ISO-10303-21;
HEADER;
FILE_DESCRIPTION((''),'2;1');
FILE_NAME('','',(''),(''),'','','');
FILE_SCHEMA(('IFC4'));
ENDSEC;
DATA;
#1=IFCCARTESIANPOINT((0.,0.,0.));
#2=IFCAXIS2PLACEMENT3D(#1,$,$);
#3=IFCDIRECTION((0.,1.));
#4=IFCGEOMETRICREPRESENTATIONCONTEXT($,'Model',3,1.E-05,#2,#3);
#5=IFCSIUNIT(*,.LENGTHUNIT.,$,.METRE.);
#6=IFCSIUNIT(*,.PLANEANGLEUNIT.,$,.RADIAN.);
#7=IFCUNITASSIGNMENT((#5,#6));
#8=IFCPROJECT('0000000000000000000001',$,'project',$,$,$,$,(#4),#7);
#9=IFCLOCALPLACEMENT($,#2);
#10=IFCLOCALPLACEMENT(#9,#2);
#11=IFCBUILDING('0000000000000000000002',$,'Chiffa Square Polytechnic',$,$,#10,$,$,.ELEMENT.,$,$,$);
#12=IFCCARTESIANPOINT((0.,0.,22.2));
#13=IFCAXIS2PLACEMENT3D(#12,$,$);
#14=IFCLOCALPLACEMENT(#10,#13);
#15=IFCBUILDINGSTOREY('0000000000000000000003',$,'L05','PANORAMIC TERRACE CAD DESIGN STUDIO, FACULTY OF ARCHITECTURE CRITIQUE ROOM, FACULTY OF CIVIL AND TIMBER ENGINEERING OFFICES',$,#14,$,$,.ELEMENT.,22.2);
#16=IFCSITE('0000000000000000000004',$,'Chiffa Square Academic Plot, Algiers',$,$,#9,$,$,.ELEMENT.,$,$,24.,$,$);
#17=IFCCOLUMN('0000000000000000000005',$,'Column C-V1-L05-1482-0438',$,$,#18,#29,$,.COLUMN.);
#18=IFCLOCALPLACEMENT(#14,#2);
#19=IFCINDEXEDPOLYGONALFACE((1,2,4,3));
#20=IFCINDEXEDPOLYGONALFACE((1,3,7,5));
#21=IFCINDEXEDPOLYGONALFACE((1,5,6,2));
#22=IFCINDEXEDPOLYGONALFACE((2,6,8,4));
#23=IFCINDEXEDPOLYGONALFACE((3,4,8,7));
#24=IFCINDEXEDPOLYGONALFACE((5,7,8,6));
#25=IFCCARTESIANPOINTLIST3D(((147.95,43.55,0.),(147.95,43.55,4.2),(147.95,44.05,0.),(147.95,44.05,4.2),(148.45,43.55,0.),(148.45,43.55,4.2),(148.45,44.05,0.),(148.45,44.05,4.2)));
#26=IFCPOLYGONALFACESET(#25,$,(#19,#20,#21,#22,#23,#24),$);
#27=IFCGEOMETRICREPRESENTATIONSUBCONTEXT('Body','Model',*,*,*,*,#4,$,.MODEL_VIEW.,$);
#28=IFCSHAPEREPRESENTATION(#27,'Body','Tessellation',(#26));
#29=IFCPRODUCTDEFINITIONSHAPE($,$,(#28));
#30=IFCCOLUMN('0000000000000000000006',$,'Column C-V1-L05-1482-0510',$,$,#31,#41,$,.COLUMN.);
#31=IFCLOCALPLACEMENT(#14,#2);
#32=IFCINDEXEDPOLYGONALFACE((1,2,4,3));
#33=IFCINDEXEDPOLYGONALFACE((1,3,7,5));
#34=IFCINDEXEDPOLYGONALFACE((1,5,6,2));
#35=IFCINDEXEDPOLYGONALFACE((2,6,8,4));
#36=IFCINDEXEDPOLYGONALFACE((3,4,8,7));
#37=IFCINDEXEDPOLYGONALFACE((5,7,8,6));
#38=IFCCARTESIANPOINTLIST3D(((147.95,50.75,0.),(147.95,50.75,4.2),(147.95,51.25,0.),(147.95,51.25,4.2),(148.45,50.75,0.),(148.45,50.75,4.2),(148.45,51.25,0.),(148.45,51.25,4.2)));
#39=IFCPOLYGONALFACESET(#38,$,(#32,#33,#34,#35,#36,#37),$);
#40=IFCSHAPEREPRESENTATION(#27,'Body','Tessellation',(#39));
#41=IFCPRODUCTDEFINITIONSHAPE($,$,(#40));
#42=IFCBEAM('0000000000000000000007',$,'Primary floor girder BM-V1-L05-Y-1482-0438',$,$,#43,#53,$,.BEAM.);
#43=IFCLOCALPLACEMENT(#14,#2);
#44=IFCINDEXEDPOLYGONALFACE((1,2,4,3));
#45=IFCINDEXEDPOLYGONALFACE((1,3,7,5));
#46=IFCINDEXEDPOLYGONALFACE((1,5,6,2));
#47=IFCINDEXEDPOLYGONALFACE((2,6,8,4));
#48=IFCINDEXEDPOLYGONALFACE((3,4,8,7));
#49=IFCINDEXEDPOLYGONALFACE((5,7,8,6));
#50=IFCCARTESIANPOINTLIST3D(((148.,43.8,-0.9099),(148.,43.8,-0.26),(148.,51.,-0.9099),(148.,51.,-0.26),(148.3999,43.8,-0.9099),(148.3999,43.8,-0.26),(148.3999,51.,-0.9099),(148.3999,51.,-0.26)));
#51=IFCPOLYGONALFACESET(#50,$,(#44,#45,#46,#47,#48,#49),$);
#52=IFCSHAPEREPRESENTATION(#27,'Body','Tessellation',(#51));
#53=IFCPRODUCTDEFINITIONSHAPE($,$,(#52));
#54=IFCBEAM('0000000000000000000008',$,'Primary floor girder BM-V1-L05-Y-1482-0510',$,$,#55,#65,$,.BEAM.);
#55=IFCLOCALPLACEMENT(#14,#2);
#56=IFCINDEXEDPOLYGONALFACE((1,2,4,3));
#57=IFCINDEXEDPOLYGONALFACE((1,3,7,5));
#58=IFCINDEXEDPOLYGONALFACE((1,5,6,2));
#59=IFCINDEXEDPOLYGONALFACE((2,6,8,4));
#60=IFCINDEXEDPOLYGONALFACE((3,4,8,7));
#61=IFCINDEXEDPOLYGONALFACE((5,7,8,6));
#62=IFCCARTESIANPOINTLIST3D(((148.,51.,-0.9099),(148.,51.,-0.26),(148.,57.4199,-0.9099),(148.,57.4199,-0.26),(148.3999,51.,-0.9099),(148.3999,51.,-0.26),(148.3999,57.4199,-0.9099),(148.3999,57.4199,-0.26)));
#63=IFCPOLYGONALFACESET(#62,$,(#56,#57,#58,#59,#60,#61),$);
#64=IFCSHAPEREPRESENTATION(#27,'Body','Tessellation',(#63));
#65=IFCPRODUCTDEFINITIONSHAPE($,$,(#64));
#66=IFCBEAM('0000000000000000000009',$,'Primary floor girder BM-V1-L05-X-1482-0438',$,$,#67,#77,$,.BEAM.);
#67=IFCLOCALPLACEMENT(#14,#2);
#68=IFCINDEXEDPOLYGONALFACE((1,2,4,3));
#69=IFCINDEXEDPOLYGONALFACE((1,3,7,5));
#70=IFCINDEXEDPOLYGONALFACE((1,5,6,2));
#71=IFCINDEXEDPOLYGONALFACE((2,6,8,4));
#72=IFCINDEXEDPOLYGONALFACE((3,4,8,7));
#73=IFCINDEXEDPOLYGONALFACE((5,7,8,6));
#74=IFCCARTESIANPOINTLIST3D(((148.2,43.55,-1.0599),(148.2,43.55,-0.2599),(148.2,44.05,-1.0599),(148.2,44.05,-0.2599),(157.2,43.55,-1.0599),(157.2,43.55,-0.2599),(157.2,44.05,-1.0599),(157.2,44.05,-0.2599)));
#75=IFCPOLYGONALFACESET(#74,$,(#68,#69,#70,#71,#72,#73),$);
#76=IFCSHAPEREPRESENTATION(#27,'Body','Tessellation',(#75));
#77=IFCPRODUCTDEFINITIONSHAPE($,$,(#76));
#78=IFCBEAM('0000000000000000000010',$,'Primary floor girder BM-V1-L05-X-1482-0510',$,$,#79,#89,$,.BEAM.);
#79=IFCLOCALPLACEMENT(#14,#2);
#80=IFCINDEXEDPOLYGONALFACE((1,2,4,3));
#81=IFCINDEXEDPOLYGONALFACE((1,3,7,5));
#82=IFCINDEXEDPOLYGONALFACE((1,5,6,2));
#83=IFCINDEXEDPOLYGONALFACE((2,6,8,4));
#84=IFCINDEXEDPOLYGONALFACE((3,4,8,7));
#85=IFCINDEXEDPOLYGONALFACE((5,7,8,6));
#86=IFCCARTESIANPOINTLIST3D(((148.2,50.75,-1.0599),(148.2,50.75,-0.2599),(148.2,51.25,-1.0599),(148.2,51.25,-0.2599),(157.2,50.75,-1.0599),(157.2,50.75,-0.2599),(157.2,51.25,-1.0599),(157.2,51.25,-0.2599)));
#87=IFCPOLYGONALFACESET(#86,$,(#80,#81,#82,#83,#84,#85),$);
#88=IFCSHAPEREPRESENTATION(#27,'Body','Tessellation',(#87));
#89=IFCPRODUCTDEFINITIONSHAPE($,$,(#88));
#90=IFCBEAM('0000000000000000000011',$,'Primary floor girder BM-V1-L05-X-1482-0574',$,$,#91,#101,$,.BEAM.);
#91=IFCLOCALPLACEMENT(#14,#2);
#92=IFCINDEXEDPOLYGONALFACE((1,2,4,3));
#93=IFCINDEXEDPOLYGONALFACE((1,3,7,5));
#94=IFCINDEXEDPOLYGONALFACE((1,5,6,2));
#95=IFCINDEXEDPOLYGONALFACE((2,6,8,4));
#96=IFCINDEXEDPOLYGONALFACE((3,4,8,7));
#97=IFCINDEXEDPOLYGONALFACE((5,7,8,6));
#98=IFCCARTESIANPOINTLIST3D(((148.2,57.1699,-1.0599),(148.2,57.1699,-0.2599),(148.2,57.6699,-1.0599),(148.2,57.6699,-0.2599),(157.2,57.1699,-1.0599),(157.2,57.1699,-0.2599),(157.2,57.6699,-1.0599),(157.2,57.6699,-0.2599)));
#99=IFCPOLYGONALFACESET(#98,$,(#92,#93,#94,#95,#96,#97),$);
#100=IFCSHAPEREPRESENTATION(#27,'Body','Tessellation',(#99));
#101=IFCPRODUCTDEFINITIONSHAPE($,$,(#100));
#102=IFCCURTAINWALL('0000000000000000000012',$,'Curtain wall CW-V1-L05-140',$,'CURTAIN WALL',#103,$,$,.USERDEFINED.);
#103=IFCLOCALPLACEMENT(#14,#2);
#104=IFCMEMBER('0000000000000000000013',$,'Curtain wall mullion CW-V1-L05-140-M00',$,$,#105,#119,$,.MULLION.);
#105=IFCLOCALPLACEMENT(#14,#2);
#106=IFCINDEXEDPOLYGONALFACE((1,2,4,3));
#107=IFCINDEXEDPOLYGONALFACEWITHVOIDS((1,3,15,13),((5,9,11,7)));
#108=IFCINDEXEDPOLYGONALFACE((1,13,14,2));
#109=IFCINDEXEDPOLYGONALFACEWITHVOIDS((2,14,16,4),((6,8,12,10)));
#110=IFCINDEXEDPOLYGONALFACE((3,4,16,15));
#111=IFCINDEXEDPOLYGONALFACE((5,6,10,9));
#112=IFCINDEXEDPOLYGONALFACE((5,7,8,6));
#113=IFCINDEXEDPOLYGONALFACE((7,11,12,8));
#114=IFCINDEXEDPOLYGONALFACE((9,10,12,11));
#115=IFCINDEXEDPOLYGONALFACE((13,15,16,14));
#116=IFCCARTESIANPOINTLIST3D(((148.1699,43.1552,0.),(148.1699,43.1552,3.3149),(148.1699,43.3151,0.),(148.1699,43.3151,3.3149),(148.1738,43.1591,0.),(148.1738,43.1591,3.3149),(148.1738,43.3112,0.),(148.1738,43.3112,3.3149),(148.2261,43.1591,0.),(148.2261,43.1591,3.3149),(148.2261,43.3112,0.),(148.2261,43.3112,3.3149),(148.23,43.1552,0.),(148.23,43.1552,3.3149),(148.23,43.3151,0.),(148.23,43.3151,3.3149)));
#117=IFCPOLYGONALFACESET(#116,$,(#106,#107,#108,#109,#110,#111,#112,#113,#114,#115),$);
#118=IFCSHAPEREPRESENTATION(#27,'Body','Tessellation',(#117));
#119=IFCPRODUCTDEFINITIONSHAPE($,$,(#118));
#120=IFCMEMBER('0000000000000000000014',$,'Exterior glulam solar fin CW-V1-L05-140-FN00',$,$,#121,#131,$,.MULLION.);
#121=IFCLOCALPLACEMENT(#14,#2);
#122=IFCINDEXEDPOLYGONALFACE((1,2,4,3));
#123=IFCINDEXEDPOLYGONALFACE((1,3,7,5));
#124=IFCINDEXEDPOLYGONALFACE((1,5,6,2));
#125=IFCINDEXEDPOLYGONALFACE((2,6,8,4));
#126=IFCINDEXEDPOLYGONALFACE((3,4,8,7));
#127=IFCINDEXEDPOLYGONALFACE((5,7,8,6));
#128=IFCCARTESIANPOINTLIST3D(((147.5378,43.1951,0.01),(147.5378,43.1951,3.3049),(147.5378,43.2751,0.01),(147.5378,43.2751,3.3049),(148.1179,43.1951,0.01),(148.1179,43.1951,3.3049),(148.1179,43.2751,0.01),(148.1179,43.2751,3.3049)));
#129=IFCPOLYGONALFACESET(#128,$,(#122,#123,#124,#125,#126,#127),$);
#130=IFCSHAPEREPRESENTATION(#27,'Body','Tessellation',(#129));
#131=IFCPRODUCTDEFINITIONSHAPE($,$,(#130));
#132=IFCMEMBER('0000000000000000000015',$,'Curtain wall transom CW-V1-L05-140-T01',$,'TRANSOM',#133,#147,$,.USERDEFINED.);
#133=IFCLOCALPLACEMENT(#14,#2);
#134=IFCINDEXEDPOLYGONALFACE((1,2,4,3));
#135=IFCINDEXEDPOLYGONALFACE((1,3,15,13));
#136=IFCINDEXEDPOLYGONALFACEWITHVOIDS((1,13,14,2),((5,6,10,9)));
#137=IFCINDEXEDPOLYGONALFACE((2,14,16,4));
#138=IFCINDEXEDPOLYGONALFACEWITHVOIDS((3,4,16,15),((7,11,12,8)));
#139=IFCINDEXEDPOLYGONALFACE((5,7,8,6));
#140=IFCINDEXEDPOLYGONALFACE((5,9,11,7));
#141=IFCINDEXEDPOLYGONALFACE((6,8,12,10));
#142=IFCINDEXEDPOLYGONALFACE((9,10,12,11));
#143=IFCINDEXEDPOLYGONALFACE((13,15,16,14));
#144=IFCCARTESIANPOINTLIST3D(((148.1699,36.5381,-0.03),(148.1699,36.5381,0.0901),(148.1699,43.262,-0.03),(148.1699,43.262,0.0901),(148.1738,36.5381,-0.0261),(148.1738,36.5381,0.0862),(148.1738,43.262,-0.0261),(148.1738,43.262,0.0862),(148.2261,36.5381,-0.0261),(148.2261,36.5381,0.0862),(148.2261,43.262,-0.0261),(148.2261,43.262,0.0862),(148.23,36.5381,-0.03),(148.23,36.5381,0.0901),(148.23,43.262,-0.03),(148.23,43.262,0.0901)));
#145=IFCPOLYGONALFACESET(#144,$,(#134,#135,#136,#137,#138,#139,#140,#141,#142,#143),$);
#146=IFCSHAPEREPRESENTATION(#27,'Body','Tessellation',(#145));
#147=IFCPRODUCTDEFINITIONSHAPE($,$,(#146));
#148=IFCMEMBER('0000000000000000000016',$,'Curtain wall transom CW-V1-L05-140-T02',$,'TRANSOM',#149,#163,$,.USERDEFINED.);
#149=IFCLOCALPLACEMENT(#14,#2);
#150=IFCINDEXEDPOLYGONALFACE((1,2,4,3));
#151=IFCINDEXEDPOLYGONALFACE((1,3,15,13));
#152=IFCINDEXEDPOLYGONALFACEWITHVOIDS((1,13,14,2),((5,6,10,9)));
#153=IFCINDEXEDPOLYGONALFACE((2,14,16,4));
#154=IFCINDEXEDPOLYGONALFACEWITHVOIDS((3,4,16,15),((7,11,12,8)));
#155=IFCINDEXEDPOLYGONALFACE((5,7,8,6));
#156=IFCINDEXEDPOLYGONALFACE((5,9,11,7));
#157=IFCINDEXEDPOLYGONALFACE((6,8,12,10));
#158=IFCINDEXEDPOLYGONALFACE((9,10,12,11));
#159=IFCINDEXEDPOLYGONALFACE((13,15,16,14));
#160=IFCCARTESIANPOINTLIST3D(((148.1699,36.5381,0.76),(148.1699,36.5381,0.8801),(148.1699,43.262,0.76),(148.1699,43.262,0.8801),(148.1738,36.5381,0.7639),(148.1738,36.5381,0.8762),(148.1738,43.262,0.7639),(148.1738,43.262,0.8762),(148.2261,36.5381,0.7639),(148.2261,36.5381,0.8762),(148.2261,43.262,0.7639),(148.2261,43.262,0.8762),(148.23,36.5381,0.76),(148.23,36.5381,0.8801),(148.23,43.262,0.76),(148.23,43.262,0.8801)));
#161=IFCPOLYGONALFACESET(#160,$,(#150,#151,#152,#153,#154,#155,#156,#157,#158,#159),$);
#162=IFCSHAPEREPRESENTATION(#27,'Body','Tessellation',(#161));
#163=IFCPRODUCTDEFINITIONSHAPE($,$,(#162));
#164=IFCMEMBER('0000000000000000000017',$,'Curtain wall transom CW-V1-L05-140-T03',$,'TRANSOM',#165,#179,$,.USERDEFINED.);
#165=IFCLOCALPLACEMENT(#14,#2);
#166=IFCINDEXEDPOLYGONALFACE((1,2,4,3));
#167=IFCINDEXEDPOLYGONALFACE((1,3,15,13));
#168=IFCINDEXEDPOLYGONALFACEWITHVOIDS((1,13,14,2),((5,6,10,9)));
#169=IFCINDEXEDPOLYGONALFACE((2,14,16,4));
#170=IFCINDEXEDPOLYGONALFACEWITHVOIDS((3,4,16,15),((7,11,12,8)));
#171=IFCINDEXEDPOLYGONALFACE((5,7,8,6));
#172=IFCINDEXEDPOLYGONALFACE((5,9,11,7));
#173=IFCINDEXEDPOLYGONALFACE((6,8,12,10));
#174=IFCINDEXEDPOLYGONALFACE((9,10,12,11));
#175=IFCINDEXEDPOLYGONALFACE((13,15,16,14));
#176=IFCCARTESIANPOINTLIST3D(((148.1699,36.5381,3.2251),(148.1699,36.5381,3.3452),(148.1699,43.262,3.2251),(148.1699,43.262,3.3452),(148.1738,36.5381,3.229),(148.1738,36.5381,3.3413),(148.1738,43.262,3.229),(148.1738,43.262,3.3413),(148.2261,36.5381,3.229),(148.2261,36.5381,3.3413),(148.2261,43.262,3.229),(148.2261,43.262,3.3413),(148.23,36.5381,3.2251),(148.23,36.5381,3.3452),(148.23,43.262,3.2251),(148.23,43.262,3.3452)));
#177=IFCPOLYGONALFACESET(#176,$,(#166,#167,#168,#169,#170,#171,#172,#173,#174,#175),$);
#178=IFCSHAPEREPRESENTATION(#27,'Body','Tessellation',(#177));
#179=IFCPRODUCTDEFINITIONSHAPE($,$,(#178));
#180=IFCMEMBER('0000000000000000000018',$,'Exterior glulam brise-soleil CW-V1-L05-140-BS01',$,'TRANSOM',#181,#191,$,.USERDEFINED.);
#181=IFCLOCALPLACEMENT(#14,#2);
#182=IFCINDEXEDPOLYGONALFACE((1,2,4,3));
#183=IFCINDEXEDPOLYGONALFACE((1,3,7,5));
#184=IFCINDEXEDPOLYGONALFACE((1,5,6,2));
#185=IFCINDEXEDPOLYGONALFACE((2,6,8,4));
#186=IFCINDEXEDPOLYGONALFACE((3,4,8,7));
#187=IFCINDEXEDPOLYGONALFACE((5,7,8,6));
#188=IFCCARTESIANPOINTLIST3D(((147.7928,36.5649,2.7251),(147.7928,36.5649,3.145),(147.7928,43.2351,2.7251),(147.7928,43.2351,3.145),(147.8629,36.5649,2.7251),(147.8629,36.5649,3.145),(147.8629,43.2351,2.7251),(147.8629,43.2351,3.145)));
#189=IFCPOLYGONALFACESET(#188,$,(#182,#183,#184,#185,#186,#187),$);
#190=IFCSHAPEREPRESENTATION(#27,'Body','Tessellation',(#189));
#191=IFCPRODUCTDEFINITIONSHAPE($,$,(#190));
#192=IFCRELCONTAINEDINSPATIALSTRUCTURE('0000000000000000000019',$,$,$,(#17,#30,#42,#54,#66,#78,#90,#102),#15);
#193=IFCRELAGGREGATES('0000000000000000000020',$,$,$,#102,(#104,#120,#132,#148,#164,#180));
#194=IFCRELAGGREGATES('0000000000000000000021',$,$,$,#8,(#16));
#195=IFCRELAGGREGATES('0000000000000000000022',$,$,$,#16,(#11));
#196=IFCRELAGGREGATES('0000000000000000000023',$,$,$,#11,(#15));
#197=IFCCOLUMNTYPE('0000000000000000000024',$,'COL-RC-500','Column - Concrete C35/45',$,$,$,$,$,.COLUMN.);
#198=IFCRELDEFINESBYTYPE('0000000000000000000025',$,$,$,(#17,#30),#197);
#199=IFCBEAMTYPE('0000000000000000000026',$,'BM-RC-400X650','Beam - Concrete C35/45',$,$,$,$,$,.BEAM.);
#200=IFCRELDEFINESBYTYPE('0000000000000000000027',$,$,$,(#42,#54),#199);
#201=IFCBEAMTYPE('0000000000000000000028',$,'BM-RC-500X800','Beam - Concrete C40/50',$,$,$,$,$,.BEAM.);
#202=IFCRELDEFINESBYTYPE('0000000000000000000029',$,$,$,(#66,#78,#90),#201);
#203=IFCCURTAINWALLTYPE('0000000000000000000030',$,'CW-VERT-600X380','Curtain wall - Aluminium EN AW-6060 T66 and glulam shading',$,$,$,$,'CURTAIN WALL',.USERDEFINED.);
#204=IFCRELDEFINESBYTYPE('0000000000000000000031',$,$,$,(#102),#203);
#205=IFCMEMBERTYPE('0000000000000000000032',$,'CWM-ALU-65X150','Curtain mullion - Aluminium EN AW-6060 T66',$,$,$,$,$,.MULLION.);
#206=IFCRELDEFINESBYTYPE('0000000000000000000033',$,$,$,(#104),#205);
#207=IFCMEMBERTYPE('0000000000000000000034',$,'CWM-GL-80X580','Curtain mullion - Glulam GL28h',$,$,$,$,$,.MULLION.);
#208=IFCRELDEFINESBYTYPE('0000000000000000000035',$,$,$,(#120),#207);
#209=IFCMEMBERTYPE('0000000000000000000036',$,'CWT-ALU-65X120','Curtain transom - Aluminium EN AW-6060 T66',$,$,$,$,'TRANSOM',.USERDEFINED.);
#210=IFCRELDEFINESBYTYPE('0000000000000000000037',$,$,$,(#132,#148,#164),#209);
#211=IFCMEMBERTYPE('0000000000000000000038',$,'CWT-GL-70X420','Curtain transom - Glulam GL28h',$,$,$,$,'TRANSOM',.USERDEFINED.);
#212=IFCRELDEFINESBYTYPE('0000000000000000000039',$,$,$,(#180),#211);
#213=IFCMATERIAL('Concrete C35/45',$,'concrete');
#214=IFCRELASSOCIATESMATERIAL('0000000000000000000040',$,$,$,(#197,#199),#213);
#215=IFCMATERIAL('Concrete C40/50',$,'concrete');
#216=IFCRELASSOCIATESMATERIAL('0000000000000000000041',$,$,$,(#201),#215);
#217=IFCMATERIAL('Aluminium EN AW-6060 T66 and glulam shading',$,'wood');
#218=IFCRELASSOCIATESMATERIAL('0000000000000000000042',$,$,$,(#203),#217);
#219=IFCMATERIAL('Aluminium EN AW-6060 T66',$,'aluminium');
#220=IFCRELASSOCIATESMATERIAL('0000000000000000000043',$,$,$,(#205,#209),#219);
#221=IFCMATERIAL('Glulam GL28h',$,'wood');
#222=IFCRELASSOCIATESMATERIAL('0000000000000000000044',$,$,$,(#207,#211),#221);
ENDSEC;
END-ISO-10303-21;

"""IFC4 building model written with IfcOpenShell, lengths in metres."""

from ifc_helpers import new_model, si_unit, direction, frame, origin, origin_2d, place, context, subcontext, project, spatial, rectangle, hollow_rectangle, extrude, material, material_profile, profile_set, type_object, element, aggregate, save


model = new_model("IFC4")

# Units and contexts
model_context = context("Model", 3, precision=1e-05, world=origin(), true_north=direction((0.0, 1.0)))
body_context = subcontext(model_context, "Body", "Model", "MODEL_VIEW")
ifc_project = project(units=[si_unit("LENGTHUNIT", "METRE"), si_unit("PLANEANGLEUNIT", "RADIAN")], contexts=[model_context])

# Site, building, storey
site_placement = place(None, origin())
site = spatial("IfcSite", under=ifc_project, at=site_placement, Name="Chiffa Square Academic Plot, Algiers", CompositionType="ELEMENT", RefElevation=24.0)
building_placement = place(site_placement, origin())
building = spatial("IfcBuilding", under=site, at=building_placement, Name="Chiffa Square Polytechnic", CompositionType="ELEMENT")
storey_placement = place(building_placement, frame((0.0, 0.0, 22.2)))
storey = spatial("IfcBuildingStorey", under=building, at=storey_placement, Name="L05", Description="PANORAMIC TERRACE CAD DESIGN STUDIO, FACULTY OF ARCHITECTURE CRITIQUE ROOM, FACULTY OF CIVIL AND TIMBER ENGINEERING OFFICES", CompositionType="ELEMENT", Elevation=22.2)

# Columns
ifc_material_1 = material(Name="Concrete C35/45", Category="concrete")
ifc_material_profile_1 = material_profile(ifc_material_1, rectangle(XDim=0.5, YDim=0.5, at=origin_2d()), Name="RC 500x500")
ifc_profile_set_1 = profile_set([ifc_material_profile_1], Name="Concrete C35/45")
column_type = type_object("IfcColumnType", Name="COL-RC-500", Description="Column - Concrete C35/45", PredefinedType="COLUMN", material=ifc_profile_set_1)
for number, where, z_axis, x_axis, name in (
    (1, (148.2, 43.8, 0.0), (0.0, 0.0, 1.0), (1.0, 0.0, 0.0), "Column C-V1-L05-1482-0438"),
    (2, (148.2, 51.0, 0.0), (0.0, 0.0, 1.0), (1.0, 0.0, 0.0), "Column C-V1-L05-1482-0510"),
):
    element("IfcColumn", number, at=place(storey_placement, frame(where, z_axis=z_axis, x_axis=x_axis)), inside=storey, type_object=column_type, Name=name, PredefinedType="COLUMN", context=body_context, shape_type="SweptSolid", body=[
        extrude(rectangle(XDim=0.5, YDim=0.5, at=origin_2d()), origin(), (0.0, 0.0, 1.0), 4.2),
    ])

# Beams
ifc_material_profile_2 = material_profile(ifc_material_1, rectangle(XDim=0.3999, YDim=0.6499, at=origin_2d()), Name="RC 400x650")
ifc_profile_set_2 = profile_set([ifc_material_profile_2], Name="Concrete C35/45")
beam_type_1 = type_object("IfcBeamType", Name="BM-RC-400X650", Description="Beam - Concrete C35/45", PredefinedType="BEAM", material=ifc_profile_set_2)
beam_1_placement = place(storey_placement, frame((148.2, 43.8, -0.585), z_axis=(0.0, 1.0, 0.0), x_axis=(-1.0, 0.0, 0.0)))
element("IfcBeam", 3, at=beam_1_placement, inside=storey, type_object=beam_type_1, Name="Primary floor girder BM-V1-L05-Y-1482-0438", PredefinedType="BEAM", context=body_context, shape_type="SweptSolid", body=[
    extrude(rectangle(XDim=0.3999, YDim=0.6499, at=origin_2d()), origin(), (0.0, 0.0, 1.0), 7.2),
])
beam_2_placement = place(storey_placement, frame((148.2, 51.0, -0.585), z_axis=(0.0, 1.0, 0.0), x_axis=(-1.0, 0.0, 0.0)))
element("IfcBeam", 4, at=beam_2_placement, inside=storey, type_object=beam_type_1, Name="Primary floor girder BM-V1-L05-Y-1482-0510", PredefinedType="BEAM", context=body_context, shape_type="SweptSolid", body=[
    extrude(rectangle(XDim=0.3999, YDim=0.6499, at=origin_2d()), origin(), (0.0, 0.0, 1.0), 6.4199),
])
ifc_material_2 = material(Name="Concrete C40/50", Category="concrete")
ifc_material_profile_3 = material_profile(ifc_material_2, rectangle(XDim=0.5, YDim=0.8, at=origin_2d()), Name="RC 500x800")
ifc_profile_set_3 = profile_set([ifc_material_profile_3], Name="Concrete C40/50")
beam_type_2 = type_object("IfcBeamType", Name="BM-RC-500X800", Description="Beam - Concrete C40/50", PredefinedType="BEAM", material=ifc_profile_set_3)
for number, where, z_axis, x_axis, name in (
    (5, (148.2, 43.8, -0.6599), (1.0, 0.0, 0.0), (0.0, 1.0, 0.0), "Primary floor girder BM-V1-L05-X-1482-0438"),
    (6, (148.2, 51.0, -0.6599), (1.0, 0.0, 0.0), (0.0, 1.0, 0.0), "Primary floor girder BM-V1-L05-X-1482-0510"),
    (7, (148.2, 57.4199, -0.6599), (1.0, 0.0, 0.0), (0.0, 1.0, 0.0), "Primary floor girder BM-V1-L05-X-1482-0574"),
):
    element("IfcBeam", number, at=place(storey_placement, frame(where, z_axis=z_axis, x_axis=x_axis)), inside=storey, type_object=beam_type_2, Name=name, PredefinedType="BEAM", context=body_context, shape_type="SweptSolid", body=[
        extrude(rectangle(XDim=0.5, YDim=0.8, at=origin_2d()), origin(), (0.0, 0.0, 1.0), 9.0),
    ])

# Curtain wall, members
ifc_material_3 = material(Name="Aluminium EN AW-6060 T66 and glulam shading", Category="wood")
curtain_wall_type = type_object("IfcCurtainWallType", Name="CW-VERT-600X380", Description="Curtain wall - Aluminium EN AW-6060 T66 and glulam shading", ElementType="CURTAIN WALL", PredefinedType="USERDEFINED", material=ifc_material_3)
curtain_wall_placement = place(storey_placement, origin())
curtain_wall = element("IfcCurtainWall", 8, at=curtain_wall_placement, inside=storey, type_object=curtain_wall_type, Name="Curtain wall CW-V1-L05-140", ObjectType="CURTAIN WALL", PredefinedType="USERDEFINED")
ifc_material_4 = material(Name="Aluminium EN AW-6060 T66", Category="aluminium")
ifc_material_profile_4 = material_profile(ifc_material_4, hollow_rectangle(XDim=0.0601, YDim=0.1599, WallThickness=0.0039, at=origin_2d()), Name="ALU 60x160x4")
ifc_profile_set_4 = profile_set([ifc_material_profile_4], Name="Aluminium EN AW-6060 T66")
member_type_1 = type_object("IfcMemberType", Name="CWM-ALU-65X150", Description="Curtain mullion - Aluminium EN AW-6060 T66", PredefinedType="MULLION", material=ifc_profile_set_4)
member_1_placement = place(storey_placement, frame((148.2, 43.2351, 0.0), z_axis=(0.0, 0.0, 1.0), x_axis=(1.0, 0.0, 0.0)))
member_1 = element("IfcMember", 9, at=member_1_placement, type_object=member_type_1, Name="Curtain wall mullion CW-V1-L05-140-M00", PredefinedType="MULLION", context=body_context, shape_type="SweptSolid", body=[
    extrude(hollow_rectangle(XDim=0.0601, YDim=0.1599, WallThickness=0.0039, at=origin_2d()), origin(), (0.0, 0.0, 1.0), 3.3149),
])
ifc_material_5 = material(Name="Glulam GL28h", Category="wood")
ifc_material_profile_5 = material_profile(ifc_material_5, rectangle(XDim=0.0801, YDim=0.5801, at=origin_2d()), Name="GL28h 80x580")
ifc_profile_set_5 = profile_set([ifc_material_profile_5], Name="Glulam GL28h")
member_type_2 = type_object("IfcMemberType", Name="CWM-GL-80X580", Description="Curtain mullion - Glulam GL28h", PredefinedType="MULLION", material=ifc_profile_set_5)
member_2_placement = place(storey_placement, frame((147.8279, 43.2351, 0.01), z_axis=(0.0, 0.0, 1.0), x_axis=(0.0, -1.0, 0.0)))
member_2 = element("IfcMember", 10, at=member_2_placement, type_object=member_type_2, Name="Exterior glulam solar fin CW-V1-L05-140-FN00", PredefinedType="MULLION", context=body_context, shape_type="SweptSolid", body=[
    extrude(rectangle(XDim=0.0801, YDim=0.5801, at=origin_2d()), origin(), (0.0, 0.0, 1.0), 3.2949),
])
ifc_material_profile_6 = material_profile(ifc_material_4, hollow_rectangle(XDim=0.0601, YDim=0.1201, WallThickness=0.0039, at=origin_2d()), Name="ALU 60x120x4")
ifc_profile_set_6 = profile_set([ifc_material_profile_6], Name="Aluminium EN AW-6060 T66")
member_type_3 = type_object("IfcMemberType", Name="CWT-ALU-65X120", Description="Curtain transom - Aluminium EN AW-6060 T66", ElementType="TRANSOM", PredefinedType="USERDEFINED", material=ifc_profile_set_6)
member_3_placement = place(storey_placement, frame((148.2, 43.262, 0.03), z_axis=(0.0, -1.0, 0.0), x_axis=(1.0, 0.0, 0.0)))
member_3 = element("IfcMember", 11, at=member_3_placement, type_object=member_type_3, Name="Curtain wall transom CW-V1-L05-140-T01", ObjectType="TRANSOM", PredefinedType="USERDEFINED", context=body_context, shape_type="SweptSolid", body=[
    extrude(hollow_rectangle(XDim=0.0601, YDim=0.1201, WallThickness=0.0039, at=origin_2d()), origin(), (0.0, 0.0, 1.0), 6.7239),
])
member_4_placement = place(storey_placement, frame((148.2, 43.262, 0.8201), z_axis=(0.0, -1.0, 0.0), x_axis=(1.0, 0.0, 0.0)))
member_4 = element("IfcMember", 12, at=member_4_placement, type_object=member_type_3, Name="Curtain wall transom CW-V1-L05-140-T02", ObjectType="TRANSOM", PredefinedType="USERDEFINED", context=body_context, shape_type="SweptSolid", body=[
    extrude(hollow_rectangle(XDim=0.0601, YDim=0.1201, WallThickness=0.0039, at=origin_2d()), origin(), (0.0, 0.0, 1.0), 6.7239),
])
member_5_placement = place(storey_placement, frame((148.2, 43.262, 3.2852), z_axis=(0.0, -1.0, 0.0), x_axis=(1.0, 0.0, 0.0)))
member_5 = element("IfcMember", 13, at=member_5_placement, type_object=member_type_3, Name="Curtain wall transom CW-V1-L05-140-T03", ObjectType="TRANSOM", PredefinedType="USERDEFINED", context=body_context, shape_type="SweptSolid", body=[
    extrude(hollow_rectangle(XDim=0.0601, YDim=0.1201, WallThickness=0.0039, at=origin_2d()), origin(), (0.0, 0.0, 1.0), 6.7239),
])
ifc_material_profile_7 = material_profile(ifc_material_5, rectangle(XDim=0.0701, YDim=0.4199, at=origin_2d()), Name="GL28h 70x420")
ifc_profile_set_7 = profile_set([ifc_material_profile_7], Name="Glulam GL28h")
member_type_4 = type_object("IfcMemberType", Name="CWT-GL-70X420", Description="Curtain transom - Glulam GL28h", ElementType="TRANSOM", PredefinedType="USERDEFINED", material=ifc_profile_set_7)
member_6_placement = place(storey_placement, frame((147.8279, 43.2351, 2.9351), z_axis=(0.0, -1.0, 0.0), x_axis=(1.0, 0.0, 0.0)))
member_6 = element("IfcMember", 14, at=member_6_placement, type_object=member_type_4, Name="Exterior glulam brise-soleil CW-V1-L05-140-BS01", ObjectType="TRANSOM", PredefinedType="USERDEFINED", context=body_context, shape_type="SweptSolid", body=[
    extrude(rectangle(XDim=0.0701, YDim=0.4199, at=origin_2d()), origin(), (0.0, 0.0, 1.0), 6.6702),
])

aggregate(curtain_wall, [member_1, member_2, member_3, member_4, member_5, member_6])

save(model, "model.ifc")
